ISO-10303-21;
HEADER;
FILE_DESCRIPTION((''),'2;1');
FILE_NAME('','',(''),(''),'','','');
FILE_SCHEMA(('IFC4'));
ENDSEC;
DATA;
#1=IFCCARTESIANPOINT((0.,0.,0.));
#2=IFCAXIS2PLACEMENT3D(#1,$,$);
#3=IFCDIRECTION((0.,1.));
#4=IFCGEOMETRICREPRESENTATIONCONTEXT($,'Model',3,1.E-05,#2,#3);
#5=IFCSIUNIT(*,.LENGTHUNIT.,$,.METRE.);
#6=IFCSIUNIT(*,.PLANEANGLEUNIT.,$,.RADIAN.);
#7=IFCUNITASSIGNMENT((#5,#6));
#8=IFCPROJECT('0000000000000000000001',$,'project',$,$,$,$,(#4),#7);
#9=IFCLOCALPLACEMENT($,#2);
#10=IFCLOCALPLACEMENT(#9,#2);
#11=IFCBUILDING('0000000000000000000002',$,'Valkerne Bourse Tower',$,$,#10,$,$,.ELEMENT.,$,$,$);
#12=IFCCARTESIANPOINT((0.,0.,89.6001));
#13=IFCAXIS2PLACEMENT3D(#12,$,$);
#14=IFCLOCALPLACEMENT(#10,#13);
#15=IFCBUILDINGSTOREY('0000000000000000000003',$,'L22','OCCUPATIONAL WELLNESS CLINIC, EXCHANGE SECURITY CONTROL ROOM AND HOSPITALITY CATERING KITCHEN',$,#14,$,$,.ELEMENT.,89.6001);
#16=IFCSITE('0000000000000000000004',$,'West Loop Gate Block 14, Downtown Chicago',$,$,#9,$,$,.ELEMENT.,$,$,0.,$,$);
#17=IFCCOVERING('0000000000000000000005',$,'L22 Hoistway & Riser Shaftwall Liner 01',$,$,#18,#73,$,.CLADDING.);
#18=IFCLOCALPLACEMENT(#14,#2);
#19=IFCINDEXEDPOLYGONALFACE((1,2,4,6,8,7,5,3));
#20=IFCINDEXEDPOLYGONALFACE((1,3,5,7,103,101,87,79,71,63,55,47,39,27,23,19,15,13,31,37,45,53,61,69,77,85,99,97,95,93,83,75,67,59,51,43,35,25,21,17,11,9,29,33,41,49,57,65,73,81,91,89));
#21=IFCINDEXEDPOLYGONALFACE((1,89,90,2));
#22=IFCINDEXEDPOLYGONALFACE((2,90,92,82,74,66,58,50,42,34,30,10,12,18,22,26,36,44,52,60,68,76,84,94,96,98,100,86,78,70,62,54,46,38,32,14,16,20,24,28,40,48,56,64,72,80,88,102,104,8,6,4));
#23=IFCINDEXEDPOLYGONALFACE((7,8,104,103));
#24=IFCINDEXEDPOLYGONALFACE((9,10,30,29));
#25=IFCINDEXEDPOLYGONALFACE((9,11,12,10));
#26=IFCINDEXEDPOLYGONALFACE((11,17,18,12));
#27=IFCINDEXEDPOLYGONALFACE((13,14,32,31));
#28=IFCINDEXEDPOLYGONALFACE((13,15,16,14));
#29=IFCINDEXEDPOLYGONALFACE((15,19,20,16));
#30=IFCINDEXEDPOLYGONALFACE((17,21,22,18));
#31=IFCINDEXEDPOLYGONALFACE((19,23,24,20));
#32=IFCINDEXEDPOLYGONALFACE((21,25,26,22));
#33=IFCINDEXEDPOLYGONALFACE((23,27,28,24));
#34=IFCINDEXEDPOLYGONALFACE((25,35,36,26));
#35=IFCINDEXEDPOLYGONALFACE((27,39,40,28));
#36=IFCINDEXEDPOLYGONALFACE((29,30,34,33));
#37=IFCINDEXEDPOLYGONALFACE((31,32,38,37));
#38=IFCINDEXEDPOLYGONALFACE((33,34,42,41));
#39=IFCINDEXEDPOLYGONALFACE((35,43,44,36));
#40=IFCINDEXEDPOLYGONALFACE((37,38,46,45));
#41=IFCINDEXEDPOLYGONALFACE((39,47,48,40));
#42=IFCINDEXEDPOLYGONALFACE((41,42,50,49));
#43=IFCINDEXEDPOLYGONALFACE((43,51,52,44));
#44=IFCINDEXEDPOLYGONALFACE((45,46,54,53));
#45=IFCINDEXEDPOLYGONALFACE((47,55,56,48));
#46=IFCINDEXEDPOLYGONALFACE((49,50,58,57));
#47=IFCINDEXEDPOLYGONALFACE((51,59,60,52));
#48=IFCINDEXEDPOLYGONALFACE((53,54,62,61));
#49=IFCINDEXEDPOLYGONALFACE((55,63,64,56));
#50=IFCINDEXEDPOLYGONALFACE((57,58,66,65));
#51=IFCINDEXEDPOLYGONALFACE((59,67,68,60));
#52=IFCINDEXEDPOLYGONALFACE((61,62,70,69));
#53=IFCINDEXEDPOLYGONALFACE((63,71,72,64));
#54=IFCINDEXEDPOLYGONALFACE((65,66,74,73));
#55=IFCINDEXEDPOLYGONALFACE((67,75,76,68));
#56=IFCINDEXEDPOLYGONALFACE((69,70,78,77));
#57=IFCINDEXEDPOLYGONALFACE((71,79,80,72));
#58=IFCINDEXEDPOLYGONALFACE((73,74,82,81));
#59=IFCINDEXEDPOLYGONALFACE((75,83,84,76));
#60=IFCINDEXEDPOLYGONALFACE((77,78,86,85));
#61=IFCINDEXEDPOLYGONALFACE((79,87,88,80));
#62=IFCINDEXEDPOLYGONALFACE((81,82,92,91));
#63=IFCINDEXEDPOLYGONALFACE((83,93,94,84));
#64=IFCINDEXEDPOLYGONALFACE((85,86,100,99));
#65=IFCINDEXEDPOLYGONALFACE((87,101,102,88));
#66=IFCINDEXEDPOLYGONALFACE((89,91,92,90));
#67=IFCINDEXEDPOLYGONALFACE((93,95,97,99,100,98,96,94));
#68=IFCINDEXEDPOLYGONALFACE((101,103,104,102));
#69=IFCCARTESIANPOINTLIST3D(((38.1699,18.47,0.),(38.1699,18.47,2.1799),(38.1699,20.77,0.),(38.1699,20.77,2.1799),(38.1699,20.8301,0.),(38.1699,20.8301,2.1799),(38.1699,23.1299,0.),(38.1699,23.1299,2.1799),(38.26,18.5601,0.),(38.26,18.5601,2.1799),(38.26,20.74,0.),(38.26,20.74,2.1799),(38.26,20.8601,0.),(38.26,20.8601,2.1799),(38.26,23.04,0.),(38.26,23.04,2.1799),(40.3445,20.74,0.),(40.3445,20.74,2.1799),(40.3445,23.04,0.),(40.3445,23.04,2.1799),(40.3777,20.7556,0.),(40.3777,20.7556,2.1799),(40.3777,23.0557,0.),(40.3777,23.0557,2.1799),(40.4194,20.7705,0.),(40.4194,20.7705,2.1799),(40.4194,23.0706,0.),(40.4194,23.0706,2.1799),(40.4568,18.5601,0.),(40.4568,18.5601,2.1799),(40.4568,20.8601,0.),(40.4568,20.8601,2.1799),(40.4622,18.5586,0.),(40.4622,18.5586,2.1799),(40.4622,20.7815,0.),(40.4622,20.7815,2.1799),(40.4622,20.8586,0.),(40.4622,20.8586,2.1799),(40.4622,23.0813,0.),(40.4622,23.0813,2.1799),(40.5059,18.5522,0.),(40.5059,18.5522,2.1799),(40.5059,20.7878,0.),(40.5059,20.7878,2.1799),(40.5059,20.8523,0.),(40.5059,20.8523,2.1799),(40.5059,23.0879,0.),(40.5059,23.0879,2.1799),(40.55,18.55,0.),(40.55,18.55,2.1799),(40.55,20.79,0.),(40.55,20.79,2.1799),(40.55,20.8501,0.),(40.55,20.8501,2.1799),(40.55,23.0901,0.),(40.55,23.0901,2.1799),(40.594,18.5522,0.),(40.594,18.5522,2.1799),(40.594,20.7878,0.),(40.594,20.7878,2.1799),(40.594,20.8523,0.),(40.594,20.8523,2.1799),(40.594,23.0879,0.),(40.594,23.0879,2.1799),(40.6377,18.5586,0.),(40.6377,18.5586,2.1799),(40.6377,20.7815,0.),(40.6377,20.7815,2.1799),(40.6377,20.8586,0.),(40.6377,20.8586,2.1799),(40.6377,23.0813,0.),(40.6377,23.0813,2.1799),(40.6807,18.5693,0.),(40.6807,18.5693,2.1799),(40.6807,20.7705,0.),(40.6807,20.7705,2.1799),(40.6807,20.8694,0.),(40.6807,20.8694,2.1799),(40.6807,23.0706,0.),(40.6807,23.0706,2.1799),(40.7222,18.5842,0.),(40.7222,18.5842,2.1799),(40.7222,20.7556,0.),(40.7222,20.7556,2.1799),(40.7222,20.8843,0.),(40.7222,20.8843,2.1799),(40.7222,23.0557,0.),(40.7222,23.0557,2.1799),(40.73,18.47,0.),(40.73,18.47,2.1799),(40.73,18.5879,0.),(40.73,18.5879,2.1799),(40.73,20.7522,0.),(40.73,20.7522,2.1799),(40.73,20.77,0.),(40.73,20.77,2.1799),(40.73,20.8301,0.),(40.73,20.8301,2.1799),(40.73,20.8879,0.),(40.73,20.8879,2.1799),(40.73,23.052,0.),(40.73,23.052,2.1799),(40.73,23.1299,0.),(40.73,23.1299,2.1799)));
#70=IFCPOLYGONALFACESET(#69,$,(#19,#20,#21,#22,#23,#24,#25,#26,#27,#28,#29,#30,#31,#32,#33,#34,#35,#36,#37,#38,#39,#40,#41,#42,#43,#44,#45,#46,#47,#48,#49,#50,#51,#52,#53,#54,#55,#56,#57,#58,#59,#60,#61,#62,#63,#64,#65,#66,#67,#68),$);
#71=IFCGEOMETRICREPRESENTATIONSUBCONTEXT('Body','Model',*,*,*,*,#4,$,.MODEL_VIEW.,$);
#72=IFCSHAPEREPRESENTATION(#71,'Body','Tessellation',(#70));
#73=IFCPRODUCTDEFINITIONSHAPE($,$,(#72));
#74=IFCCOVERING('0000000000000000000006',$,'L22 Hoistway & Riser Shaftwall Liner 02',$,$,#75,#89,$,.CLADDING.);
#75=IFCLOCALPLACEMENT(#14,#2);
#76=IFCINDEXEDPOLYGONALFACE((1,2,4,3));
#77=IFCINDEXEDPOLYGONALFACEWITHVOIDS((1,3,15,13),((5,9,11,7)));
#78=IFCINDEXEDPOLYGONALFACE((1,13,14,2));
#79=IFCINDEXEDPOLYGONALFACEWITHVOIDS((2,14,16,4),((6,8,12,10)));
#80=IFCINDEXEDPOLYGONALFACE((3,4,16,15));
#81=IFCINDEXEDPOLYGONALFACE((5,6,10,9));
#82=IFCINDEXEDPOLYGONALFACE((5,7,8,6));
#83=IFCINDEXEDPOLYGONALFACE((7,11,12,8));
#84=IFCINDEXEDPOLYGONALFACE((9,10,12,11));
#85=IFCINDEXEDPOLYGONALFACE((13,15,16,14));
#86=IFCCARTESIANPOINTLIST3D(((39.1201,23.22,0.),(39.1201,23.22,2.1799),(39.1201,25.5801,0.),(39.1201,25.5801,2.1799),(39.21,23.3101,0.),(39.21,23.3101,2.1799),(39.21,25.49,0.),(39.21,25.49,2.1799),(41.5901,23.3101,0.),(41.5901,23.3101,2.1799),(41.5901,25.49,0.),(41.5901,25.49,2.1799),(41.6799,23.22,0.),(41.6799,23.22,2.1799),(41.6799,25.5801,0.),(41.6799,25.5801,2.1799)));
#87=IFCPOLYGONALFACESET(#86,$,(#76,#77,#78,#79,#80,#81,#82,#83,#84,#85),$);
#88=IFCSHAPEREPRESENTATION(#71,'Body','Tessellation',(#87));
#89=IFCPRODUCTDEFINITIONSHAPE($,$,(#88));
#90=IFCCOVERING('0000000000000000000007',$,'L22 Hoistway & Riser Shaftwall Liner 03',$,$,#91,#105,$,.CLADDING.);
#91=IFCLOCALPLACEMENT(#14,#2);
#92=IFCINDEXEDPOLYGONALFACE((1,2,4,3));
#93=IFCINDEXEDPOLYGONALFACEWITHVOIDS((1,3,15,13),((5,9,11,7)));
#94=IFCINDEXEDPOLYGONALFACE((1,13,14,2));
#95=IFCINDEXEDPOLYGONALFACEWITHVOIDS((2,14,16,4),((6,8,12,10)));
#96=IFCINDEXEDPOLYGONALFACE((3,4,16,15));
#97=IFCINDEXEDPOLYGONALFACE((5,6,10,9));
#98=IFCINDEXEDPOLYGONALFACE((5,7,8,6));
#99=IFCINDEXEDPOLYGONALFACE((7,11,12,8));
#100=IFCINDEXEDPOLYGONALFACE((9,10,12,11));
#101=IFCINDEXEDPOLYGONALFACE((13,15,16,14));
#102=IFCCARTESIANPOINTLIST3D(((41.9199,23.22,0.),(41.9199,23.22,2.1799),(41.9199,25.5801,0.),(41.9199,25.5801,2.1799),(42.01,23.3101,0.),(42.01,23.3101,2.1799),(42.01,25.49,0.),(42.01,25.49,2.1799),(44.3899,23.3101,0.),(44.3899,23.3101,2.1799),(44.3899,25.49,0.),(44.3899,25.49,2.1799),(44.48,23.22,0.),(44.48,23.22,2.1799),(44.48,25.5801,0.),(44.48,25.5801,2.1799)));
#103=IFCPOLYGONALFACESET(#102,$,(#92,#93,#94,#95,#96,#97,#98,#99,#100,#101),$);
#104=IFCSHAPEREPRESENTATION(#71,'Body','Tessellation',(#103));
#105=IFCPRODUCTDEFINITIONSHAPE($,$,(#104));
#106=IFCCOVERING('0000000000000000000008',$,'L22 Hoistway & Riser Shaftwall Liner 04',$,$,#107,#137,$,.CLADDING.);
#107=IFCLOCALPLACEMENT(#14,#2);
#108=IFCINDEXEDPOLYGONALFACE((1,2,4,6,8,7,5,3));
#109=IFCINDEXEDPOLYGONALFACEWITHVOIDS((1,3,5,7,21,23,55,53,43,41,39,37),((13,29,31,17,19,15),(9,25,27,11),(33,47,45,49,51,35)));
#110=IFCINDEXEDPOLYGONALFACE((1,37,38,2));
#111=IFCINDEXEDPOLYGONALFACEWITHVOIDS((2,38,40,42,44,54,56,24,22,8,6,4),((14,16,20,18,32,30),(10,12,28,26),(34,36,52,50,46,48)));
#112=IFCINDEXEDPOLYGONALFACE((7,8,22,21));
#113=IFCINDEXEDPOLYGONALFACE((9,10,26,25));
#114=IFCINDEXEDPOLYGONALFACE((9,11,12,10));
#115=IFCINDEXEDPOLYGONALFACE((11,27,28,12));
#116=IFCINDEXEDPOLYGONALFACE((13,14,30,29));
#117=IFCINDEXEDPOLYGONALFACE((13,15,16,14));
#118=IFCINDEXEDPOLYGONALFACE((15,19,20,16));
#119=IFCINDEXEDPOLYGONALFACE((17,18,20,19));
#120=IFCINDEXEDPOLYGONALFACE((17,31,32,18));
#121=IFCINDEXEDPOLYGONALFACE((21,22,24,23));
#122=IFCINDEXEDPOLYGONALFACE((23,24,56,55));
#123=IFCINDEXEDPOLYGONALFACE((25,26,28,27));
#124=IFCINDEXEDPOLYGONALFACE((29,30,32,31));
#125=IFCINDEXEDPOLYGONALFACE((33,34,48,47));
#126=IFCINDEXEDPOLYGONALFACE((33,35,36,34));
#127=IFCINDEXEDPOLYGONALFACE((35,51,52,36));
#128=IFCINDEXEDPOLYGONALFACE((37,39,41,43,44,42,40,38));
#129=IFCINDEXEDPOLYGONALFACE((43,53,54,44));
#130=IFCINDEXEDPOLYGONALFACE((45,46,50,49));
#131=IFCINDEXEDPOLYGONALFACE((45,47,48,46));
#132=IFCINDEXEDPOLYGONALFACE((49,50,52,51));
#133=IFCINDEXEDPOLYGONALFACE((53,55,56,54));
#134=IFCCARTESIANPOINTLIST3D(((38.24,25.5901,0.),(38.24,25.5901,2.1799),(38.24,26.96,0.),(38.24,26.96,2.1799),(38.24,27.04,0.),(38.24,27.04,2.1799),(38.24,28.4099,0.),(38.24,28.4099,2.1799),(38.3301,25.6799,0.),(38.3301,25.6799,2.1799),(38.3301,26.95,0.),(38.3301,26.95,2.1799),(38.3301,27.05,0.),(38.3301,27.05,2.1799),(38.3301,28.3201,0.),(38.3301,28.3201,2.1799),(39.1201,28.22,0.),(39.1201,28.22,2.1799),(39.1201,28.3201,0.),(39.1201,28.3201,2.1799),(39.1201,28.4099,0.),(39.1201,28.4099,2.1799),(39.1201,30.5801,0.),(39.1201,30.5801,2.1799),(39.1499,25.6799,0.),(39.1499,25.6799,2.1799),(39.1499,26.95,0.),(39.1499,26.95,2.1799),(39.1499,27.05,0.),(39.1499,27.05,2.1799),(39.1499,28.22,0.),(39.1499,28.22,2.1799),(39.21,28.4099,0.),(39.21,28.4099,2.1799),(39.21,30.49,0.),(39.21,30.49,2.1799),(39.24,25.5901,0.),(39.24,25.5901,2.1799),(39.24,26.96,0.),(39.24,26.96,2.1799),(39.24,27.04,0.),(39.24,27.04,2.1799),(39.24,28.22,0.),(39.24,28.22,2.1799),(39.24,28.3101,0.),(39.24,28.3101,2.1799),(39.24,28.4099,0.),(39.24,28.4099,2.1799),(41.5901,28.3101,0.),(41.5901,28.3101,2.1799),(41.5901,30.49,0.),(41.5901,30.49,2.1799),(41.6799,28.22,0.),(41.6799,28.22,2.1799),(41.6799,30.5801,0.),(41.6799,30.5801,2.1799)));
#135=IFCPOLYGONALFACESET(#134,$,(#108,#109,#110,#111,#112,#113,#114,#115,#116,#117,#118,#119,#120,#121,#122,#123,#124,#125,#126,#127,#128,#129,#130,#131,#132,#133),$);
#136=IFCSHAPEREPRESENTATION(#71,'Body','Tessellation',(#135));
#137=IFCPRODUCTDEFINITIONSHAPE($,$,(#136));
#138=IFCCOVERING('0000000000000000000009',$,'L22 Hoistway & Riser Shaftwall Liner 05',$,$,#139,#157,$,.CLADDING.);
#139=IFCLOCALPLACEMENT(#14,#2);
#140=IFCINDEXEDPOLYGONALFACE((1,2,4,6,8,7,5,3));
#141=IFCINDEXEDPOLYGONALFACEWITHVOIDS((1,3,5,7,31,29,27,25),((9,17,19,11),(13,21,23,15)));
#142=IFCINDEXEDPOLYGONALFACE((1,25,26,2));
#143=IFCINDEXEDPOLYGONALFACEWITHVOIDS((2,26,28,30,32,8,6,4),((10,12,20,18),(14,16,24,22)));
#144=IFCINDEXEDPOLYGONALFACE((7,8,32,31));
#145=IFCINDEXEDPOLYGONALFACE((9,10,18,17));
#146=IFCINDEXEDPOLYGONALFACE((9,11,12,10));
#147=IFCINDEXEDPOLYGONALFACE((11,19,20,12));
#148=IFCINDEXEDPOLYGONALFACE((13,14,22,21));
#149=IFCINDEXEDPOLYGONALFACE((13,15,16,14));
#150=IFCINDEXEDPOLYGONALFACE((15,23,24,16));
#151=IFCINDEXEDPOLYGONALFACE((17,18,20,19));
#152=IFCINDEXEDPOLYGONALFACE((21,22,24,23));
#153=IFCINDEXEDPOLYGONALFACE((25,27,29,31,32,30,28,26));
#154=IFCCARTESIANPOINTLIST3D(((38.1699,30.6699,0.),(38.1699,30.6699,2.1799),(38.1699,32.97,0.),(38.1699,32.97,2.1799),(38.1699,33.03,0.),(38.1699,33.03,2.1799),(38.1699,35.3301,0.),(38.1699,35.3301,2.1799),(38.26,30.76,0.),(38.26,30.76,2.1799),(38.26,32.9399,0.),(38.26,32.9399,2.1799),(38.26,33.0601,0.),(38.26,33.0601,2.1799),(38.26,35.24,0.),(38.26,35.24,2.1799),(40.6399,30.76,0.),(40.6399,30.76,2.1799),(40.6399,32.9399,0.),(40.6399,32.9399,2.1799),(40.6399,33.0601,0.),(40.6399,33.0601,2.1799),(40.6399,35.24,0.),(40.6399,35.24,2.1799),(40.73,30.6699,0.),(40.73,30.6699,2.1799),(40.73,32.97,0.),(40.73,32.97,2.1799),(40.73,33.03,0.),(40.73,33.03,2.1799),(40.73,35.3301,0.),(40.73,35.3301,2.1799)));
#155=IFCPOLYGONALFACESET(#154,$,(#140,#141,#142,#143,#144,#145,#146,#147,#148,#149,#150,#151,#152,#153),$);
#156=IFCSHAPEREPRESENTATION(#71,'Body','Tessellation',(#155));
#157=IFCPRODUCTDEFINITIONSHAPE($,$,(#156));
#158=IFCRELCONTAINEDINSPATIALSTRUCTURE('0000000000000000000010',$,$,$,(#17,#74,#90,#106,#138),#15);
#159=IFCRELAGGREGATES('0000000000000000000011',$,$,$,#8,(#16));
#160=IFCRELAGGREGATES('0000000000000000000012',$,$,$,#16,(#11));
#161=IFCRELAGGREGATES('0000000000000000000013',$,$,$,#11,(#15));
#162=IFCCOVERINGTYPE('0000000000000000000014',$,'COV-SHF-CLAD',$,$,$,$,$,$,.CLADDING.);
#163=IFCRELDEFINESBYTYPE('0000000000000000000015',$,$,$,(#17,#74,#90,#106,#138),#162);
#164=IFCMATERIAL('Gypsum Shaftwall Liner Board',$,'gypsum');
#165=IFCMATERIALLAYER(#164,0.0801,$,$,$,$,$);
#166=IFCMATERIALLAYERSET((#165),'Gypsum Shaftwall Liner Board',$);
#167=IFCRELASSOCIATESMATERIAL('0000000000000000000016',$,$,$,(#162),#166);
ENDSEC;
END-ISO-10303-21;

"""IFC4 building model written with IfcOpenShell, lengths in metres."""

from ifc_helpers import new_model, si_unit, direction, frame, origin, place, context, subcontext, project, spatial, polyline, outline, extrude, material, layer, layer_set, type_object, element, save


model = new_model("IFC4")

# Units and contexts
model_context = context("Model", 3, precision=1e-05, world=origin(), true_north=direction((0.0, 1.0)))
body_context = subcontext(model_context, "Body", "Model", "MODEL_VIEW")
ifc_project = project(units=[si_unit("LENGTHUNIT", "METRE"), si_unit("PLANEANGLEUNIT", "RADIAN")], contexts=[model_context])

# Site, building, storey
site_placement = place(None, origin())
site = spatial("IfcSite", under=ifc_project, at=site_placement, Name="West Loop Gate Block 14, Downtown Chicago", CompositionType="ELEMENT", RefElevation=0.0)
building_placement = place(site_placement, origin())
building = spatial("IfcBuilding", under=site, at=building_placement, Name="Valkerne Bourse Tower", CompositionType="ELEMENT")
storey_placement = place(building_placement, frame((0.0, 0.0, 89.6001)))
storey = spatial("IfcBuildingStorey", under=building, at=storey_placement, Name="L22", Description="OCCUPATIONAL WELLNESS CLINIC, EXCHANGE SECURITY CONTROL ROOM AND HOSPITALITY CATERING KITCHEN", CompositionType="ELEMENT", Elevation=89.6001)

# Coverings
ifc_material_1 = material(Name="Gypsum Shaftwall Liner Board", Category="gypsum")
ifc_layer_1 = layer(ifc_material_1, 0.0801)
ifc_layer_set_1 = layer_set([ifc_layer_1], Name="Gypsum Shaftwall Liner Board")
covering_type_1 = type_object("IfcCoveringType", Name="COV-SHF-CLAD", PredefinedType="CLADDING", material=ifc_layer_set_1)
covering_1_placement = place(storey_placement, origin())
element("IfcCovering", 1, at=covering_1_placement, inside=storey, type_object=covering_type_1, Name="L22 Hoistway & Riser Shaftwall Liner 01", PredefinedType="CLADDING", context=body_context, shape_type="SweptSolid", body=[
    extrude(outline(polyline([(38.1699, 23.1299), (40.73, 23.1299), (40.73, 23.052), (40.7222, 23.0557), (40.6807, 23.0706), (40.6377, 23.0813), (40.594, 23.0879), (40.55, 23.0901), (40.5059, 23.0879), (40.4622, 23.0813), (40.4194, 23.0706), (40.3777, 23.0557), (40.3445, 23.04), (38.26, 23.04), (38.26, 20.8601), (40.4568, 20.8601), (40.4622, 20.8586), (40.5059, 20.8523), (40.55, 20.8501), (40.594, 20.8523), (40.6377, 20.8586), (40.6807, 20.8694), (40.7222, 20.8843), (40.73, 20.8879), (40.73, 20.8301), (40.73, 20.77), (40.73, 20.7522), (40.7222, 20.7556), (40.6807, 20.7705), (40.6377, 20.7815), (40.594, 20.7878), (40.55, 20.79), (40.5059, 20.7878), (40.4622, 20.7815), (40.4194, 20.7705), (40.3777, 20.7556), (40.3445, 20.74), (38.26, 20.74), (38.26, 18.5601), (40.4568, 18.5601), (40.4622, 18.5586), (40.5059, 18.5522), (40.55, 18.55), (40.594, 18.5522), (40.6377, 18.5586), (40.6807, 18.5693), (40.7222, 18.5842), (40.73, 18.5879), (40.73, 18.47), (38.1699, 18.47), (38.1699, 20.77), (38.1699, 20.8301), (38.1699, 23.1299)])), origin(), (0.0, 0.0, 1.0), 2.1799),
])
covering_2_placement = place(storey_placement, origin())
element("IfcCovering", 2, at=covering_2_placement, inside=storey, type_object=covering_type_1, Name="L22 Hoistway & Riser Shaftwall Liner 02", PredefinedType="CLADDING", context=body_context, shape_type="SweptSolid", body=[
    extrude(outline(polyline([(41.6799, 23.22), (39.1201, 23.22), (39.1201, 25.5801), (41.6799, 25.5801), (41.6799, 23.22)]), holes=[polyline([(39.21, 25.49), (39.21, 23.3101), (41.5901, 23.3101), (41.5901, 25.49), (39.21, 25.49)])]), origin(), (0.0, 0.0, 1.0), 2.1799),
])
covering_3_placement = place(storey_placement, origin())
element("IfcCovering", 3, at=covering_3_placement, inside=storey, type_object=covering_type_1, Name="L22 Hoistway & Riser Shaftwall Liner 03", PredefinedType="CLADDING", context=body_context, shape_type="SweptSolid", body=[
    extrude(outline(polyline([(44.48, 23.22), (41.9199, 23.22), (41.9199, 25.5801), (44.48, 25.5801), (44.48, 23.22)]), holes=[polyline([(42.01, 25.49), (42.01, 23.3101), (44.3899, 23.3101), (44.3899, 25.49), (42.01, 25.49)])]), origin(), (0.0, 0.0, 1.0), 2.1799),
])
covering_4_placement = place(storey_placement, origin())
element("IfcCovering", 4, at=covering_4_placement, inside=storey, type_object=covering_type_1, Name="L22 Hoistway & Riser Shaftwall Liner 04", PredefinedType="CLADDING", context=body_context, shape_type="SweptSolid", body=[
    extrude(outline(polyline([(38.24, 28.4099), (39.1201, 28.4099), (39.1201, 30.5801), (41.6799, 30.5801), (41.6799, 28.22), (39.24, 28.22), (39.24, 27.04), (39.24, 26.96), (39.24, 25.5901), (38.24, 25.5901), (38.24, 26.96), (38.24, 27.04), (38.24, 28.4099)]), holes=[polyline([(39.21, 30.49), (39.21, 28.4099), (39.24, 28.4099), (39.24, 28.3101), (41.5901, 28.3101), (41.5901, 30.49), (39.21, 30.49)]), polyline([(38.3301, 26.95), (38.3301, 25.6799), (39.1499, 25.6799), (39.1499, 26.95), (38.3301, 26.95)]), polyline([(39.1201, 28.22), (39.1201, 28.3201), (38.3301, 28.3201), (38.3301, 27.05), (39.1499, 27.05), (39.1499, 28.22), (39.1201, 28.22)])]), origin(), (0.0, 0.0, 1.0), 2.1799),
])
covering_5_placement = place(storey_placement, origin())
element("IfcCovering", 5, at=covering_5_placement, inside=storey, type_object=covering_type_1, Name="L22 Hoistway & Riser Shaftwall Liner 05", PredefinedType="CLADDING", context=body_context, shape_type="SweptSolid", body=[
    extrude(outline(polyline([(38.1699, 35.3301), (40.73, 35.3301), (40.73, 33.03), (40.73, 32.97), (40.73, 30.6699), (38.1699, 30.6699), (38.1699, 32.97), (38.1699, 33.03), (38.1699, 35.3301)]), holes=[polyline([(38.26, 32.9399), (38.26, 30.76), (40.6399, 30.76), (40.6399, 32.9399), (38.26, 32.9399)]), polyline([(38.26, 35.24), (38.26, 33.0601), (40.6399, 33.0601), (40.6399, 35.24), (38.26, 35.24)])]), origin(), (0.0, 0.0, 1.0), 2.1799),
])

save(model, "model.ifc")
